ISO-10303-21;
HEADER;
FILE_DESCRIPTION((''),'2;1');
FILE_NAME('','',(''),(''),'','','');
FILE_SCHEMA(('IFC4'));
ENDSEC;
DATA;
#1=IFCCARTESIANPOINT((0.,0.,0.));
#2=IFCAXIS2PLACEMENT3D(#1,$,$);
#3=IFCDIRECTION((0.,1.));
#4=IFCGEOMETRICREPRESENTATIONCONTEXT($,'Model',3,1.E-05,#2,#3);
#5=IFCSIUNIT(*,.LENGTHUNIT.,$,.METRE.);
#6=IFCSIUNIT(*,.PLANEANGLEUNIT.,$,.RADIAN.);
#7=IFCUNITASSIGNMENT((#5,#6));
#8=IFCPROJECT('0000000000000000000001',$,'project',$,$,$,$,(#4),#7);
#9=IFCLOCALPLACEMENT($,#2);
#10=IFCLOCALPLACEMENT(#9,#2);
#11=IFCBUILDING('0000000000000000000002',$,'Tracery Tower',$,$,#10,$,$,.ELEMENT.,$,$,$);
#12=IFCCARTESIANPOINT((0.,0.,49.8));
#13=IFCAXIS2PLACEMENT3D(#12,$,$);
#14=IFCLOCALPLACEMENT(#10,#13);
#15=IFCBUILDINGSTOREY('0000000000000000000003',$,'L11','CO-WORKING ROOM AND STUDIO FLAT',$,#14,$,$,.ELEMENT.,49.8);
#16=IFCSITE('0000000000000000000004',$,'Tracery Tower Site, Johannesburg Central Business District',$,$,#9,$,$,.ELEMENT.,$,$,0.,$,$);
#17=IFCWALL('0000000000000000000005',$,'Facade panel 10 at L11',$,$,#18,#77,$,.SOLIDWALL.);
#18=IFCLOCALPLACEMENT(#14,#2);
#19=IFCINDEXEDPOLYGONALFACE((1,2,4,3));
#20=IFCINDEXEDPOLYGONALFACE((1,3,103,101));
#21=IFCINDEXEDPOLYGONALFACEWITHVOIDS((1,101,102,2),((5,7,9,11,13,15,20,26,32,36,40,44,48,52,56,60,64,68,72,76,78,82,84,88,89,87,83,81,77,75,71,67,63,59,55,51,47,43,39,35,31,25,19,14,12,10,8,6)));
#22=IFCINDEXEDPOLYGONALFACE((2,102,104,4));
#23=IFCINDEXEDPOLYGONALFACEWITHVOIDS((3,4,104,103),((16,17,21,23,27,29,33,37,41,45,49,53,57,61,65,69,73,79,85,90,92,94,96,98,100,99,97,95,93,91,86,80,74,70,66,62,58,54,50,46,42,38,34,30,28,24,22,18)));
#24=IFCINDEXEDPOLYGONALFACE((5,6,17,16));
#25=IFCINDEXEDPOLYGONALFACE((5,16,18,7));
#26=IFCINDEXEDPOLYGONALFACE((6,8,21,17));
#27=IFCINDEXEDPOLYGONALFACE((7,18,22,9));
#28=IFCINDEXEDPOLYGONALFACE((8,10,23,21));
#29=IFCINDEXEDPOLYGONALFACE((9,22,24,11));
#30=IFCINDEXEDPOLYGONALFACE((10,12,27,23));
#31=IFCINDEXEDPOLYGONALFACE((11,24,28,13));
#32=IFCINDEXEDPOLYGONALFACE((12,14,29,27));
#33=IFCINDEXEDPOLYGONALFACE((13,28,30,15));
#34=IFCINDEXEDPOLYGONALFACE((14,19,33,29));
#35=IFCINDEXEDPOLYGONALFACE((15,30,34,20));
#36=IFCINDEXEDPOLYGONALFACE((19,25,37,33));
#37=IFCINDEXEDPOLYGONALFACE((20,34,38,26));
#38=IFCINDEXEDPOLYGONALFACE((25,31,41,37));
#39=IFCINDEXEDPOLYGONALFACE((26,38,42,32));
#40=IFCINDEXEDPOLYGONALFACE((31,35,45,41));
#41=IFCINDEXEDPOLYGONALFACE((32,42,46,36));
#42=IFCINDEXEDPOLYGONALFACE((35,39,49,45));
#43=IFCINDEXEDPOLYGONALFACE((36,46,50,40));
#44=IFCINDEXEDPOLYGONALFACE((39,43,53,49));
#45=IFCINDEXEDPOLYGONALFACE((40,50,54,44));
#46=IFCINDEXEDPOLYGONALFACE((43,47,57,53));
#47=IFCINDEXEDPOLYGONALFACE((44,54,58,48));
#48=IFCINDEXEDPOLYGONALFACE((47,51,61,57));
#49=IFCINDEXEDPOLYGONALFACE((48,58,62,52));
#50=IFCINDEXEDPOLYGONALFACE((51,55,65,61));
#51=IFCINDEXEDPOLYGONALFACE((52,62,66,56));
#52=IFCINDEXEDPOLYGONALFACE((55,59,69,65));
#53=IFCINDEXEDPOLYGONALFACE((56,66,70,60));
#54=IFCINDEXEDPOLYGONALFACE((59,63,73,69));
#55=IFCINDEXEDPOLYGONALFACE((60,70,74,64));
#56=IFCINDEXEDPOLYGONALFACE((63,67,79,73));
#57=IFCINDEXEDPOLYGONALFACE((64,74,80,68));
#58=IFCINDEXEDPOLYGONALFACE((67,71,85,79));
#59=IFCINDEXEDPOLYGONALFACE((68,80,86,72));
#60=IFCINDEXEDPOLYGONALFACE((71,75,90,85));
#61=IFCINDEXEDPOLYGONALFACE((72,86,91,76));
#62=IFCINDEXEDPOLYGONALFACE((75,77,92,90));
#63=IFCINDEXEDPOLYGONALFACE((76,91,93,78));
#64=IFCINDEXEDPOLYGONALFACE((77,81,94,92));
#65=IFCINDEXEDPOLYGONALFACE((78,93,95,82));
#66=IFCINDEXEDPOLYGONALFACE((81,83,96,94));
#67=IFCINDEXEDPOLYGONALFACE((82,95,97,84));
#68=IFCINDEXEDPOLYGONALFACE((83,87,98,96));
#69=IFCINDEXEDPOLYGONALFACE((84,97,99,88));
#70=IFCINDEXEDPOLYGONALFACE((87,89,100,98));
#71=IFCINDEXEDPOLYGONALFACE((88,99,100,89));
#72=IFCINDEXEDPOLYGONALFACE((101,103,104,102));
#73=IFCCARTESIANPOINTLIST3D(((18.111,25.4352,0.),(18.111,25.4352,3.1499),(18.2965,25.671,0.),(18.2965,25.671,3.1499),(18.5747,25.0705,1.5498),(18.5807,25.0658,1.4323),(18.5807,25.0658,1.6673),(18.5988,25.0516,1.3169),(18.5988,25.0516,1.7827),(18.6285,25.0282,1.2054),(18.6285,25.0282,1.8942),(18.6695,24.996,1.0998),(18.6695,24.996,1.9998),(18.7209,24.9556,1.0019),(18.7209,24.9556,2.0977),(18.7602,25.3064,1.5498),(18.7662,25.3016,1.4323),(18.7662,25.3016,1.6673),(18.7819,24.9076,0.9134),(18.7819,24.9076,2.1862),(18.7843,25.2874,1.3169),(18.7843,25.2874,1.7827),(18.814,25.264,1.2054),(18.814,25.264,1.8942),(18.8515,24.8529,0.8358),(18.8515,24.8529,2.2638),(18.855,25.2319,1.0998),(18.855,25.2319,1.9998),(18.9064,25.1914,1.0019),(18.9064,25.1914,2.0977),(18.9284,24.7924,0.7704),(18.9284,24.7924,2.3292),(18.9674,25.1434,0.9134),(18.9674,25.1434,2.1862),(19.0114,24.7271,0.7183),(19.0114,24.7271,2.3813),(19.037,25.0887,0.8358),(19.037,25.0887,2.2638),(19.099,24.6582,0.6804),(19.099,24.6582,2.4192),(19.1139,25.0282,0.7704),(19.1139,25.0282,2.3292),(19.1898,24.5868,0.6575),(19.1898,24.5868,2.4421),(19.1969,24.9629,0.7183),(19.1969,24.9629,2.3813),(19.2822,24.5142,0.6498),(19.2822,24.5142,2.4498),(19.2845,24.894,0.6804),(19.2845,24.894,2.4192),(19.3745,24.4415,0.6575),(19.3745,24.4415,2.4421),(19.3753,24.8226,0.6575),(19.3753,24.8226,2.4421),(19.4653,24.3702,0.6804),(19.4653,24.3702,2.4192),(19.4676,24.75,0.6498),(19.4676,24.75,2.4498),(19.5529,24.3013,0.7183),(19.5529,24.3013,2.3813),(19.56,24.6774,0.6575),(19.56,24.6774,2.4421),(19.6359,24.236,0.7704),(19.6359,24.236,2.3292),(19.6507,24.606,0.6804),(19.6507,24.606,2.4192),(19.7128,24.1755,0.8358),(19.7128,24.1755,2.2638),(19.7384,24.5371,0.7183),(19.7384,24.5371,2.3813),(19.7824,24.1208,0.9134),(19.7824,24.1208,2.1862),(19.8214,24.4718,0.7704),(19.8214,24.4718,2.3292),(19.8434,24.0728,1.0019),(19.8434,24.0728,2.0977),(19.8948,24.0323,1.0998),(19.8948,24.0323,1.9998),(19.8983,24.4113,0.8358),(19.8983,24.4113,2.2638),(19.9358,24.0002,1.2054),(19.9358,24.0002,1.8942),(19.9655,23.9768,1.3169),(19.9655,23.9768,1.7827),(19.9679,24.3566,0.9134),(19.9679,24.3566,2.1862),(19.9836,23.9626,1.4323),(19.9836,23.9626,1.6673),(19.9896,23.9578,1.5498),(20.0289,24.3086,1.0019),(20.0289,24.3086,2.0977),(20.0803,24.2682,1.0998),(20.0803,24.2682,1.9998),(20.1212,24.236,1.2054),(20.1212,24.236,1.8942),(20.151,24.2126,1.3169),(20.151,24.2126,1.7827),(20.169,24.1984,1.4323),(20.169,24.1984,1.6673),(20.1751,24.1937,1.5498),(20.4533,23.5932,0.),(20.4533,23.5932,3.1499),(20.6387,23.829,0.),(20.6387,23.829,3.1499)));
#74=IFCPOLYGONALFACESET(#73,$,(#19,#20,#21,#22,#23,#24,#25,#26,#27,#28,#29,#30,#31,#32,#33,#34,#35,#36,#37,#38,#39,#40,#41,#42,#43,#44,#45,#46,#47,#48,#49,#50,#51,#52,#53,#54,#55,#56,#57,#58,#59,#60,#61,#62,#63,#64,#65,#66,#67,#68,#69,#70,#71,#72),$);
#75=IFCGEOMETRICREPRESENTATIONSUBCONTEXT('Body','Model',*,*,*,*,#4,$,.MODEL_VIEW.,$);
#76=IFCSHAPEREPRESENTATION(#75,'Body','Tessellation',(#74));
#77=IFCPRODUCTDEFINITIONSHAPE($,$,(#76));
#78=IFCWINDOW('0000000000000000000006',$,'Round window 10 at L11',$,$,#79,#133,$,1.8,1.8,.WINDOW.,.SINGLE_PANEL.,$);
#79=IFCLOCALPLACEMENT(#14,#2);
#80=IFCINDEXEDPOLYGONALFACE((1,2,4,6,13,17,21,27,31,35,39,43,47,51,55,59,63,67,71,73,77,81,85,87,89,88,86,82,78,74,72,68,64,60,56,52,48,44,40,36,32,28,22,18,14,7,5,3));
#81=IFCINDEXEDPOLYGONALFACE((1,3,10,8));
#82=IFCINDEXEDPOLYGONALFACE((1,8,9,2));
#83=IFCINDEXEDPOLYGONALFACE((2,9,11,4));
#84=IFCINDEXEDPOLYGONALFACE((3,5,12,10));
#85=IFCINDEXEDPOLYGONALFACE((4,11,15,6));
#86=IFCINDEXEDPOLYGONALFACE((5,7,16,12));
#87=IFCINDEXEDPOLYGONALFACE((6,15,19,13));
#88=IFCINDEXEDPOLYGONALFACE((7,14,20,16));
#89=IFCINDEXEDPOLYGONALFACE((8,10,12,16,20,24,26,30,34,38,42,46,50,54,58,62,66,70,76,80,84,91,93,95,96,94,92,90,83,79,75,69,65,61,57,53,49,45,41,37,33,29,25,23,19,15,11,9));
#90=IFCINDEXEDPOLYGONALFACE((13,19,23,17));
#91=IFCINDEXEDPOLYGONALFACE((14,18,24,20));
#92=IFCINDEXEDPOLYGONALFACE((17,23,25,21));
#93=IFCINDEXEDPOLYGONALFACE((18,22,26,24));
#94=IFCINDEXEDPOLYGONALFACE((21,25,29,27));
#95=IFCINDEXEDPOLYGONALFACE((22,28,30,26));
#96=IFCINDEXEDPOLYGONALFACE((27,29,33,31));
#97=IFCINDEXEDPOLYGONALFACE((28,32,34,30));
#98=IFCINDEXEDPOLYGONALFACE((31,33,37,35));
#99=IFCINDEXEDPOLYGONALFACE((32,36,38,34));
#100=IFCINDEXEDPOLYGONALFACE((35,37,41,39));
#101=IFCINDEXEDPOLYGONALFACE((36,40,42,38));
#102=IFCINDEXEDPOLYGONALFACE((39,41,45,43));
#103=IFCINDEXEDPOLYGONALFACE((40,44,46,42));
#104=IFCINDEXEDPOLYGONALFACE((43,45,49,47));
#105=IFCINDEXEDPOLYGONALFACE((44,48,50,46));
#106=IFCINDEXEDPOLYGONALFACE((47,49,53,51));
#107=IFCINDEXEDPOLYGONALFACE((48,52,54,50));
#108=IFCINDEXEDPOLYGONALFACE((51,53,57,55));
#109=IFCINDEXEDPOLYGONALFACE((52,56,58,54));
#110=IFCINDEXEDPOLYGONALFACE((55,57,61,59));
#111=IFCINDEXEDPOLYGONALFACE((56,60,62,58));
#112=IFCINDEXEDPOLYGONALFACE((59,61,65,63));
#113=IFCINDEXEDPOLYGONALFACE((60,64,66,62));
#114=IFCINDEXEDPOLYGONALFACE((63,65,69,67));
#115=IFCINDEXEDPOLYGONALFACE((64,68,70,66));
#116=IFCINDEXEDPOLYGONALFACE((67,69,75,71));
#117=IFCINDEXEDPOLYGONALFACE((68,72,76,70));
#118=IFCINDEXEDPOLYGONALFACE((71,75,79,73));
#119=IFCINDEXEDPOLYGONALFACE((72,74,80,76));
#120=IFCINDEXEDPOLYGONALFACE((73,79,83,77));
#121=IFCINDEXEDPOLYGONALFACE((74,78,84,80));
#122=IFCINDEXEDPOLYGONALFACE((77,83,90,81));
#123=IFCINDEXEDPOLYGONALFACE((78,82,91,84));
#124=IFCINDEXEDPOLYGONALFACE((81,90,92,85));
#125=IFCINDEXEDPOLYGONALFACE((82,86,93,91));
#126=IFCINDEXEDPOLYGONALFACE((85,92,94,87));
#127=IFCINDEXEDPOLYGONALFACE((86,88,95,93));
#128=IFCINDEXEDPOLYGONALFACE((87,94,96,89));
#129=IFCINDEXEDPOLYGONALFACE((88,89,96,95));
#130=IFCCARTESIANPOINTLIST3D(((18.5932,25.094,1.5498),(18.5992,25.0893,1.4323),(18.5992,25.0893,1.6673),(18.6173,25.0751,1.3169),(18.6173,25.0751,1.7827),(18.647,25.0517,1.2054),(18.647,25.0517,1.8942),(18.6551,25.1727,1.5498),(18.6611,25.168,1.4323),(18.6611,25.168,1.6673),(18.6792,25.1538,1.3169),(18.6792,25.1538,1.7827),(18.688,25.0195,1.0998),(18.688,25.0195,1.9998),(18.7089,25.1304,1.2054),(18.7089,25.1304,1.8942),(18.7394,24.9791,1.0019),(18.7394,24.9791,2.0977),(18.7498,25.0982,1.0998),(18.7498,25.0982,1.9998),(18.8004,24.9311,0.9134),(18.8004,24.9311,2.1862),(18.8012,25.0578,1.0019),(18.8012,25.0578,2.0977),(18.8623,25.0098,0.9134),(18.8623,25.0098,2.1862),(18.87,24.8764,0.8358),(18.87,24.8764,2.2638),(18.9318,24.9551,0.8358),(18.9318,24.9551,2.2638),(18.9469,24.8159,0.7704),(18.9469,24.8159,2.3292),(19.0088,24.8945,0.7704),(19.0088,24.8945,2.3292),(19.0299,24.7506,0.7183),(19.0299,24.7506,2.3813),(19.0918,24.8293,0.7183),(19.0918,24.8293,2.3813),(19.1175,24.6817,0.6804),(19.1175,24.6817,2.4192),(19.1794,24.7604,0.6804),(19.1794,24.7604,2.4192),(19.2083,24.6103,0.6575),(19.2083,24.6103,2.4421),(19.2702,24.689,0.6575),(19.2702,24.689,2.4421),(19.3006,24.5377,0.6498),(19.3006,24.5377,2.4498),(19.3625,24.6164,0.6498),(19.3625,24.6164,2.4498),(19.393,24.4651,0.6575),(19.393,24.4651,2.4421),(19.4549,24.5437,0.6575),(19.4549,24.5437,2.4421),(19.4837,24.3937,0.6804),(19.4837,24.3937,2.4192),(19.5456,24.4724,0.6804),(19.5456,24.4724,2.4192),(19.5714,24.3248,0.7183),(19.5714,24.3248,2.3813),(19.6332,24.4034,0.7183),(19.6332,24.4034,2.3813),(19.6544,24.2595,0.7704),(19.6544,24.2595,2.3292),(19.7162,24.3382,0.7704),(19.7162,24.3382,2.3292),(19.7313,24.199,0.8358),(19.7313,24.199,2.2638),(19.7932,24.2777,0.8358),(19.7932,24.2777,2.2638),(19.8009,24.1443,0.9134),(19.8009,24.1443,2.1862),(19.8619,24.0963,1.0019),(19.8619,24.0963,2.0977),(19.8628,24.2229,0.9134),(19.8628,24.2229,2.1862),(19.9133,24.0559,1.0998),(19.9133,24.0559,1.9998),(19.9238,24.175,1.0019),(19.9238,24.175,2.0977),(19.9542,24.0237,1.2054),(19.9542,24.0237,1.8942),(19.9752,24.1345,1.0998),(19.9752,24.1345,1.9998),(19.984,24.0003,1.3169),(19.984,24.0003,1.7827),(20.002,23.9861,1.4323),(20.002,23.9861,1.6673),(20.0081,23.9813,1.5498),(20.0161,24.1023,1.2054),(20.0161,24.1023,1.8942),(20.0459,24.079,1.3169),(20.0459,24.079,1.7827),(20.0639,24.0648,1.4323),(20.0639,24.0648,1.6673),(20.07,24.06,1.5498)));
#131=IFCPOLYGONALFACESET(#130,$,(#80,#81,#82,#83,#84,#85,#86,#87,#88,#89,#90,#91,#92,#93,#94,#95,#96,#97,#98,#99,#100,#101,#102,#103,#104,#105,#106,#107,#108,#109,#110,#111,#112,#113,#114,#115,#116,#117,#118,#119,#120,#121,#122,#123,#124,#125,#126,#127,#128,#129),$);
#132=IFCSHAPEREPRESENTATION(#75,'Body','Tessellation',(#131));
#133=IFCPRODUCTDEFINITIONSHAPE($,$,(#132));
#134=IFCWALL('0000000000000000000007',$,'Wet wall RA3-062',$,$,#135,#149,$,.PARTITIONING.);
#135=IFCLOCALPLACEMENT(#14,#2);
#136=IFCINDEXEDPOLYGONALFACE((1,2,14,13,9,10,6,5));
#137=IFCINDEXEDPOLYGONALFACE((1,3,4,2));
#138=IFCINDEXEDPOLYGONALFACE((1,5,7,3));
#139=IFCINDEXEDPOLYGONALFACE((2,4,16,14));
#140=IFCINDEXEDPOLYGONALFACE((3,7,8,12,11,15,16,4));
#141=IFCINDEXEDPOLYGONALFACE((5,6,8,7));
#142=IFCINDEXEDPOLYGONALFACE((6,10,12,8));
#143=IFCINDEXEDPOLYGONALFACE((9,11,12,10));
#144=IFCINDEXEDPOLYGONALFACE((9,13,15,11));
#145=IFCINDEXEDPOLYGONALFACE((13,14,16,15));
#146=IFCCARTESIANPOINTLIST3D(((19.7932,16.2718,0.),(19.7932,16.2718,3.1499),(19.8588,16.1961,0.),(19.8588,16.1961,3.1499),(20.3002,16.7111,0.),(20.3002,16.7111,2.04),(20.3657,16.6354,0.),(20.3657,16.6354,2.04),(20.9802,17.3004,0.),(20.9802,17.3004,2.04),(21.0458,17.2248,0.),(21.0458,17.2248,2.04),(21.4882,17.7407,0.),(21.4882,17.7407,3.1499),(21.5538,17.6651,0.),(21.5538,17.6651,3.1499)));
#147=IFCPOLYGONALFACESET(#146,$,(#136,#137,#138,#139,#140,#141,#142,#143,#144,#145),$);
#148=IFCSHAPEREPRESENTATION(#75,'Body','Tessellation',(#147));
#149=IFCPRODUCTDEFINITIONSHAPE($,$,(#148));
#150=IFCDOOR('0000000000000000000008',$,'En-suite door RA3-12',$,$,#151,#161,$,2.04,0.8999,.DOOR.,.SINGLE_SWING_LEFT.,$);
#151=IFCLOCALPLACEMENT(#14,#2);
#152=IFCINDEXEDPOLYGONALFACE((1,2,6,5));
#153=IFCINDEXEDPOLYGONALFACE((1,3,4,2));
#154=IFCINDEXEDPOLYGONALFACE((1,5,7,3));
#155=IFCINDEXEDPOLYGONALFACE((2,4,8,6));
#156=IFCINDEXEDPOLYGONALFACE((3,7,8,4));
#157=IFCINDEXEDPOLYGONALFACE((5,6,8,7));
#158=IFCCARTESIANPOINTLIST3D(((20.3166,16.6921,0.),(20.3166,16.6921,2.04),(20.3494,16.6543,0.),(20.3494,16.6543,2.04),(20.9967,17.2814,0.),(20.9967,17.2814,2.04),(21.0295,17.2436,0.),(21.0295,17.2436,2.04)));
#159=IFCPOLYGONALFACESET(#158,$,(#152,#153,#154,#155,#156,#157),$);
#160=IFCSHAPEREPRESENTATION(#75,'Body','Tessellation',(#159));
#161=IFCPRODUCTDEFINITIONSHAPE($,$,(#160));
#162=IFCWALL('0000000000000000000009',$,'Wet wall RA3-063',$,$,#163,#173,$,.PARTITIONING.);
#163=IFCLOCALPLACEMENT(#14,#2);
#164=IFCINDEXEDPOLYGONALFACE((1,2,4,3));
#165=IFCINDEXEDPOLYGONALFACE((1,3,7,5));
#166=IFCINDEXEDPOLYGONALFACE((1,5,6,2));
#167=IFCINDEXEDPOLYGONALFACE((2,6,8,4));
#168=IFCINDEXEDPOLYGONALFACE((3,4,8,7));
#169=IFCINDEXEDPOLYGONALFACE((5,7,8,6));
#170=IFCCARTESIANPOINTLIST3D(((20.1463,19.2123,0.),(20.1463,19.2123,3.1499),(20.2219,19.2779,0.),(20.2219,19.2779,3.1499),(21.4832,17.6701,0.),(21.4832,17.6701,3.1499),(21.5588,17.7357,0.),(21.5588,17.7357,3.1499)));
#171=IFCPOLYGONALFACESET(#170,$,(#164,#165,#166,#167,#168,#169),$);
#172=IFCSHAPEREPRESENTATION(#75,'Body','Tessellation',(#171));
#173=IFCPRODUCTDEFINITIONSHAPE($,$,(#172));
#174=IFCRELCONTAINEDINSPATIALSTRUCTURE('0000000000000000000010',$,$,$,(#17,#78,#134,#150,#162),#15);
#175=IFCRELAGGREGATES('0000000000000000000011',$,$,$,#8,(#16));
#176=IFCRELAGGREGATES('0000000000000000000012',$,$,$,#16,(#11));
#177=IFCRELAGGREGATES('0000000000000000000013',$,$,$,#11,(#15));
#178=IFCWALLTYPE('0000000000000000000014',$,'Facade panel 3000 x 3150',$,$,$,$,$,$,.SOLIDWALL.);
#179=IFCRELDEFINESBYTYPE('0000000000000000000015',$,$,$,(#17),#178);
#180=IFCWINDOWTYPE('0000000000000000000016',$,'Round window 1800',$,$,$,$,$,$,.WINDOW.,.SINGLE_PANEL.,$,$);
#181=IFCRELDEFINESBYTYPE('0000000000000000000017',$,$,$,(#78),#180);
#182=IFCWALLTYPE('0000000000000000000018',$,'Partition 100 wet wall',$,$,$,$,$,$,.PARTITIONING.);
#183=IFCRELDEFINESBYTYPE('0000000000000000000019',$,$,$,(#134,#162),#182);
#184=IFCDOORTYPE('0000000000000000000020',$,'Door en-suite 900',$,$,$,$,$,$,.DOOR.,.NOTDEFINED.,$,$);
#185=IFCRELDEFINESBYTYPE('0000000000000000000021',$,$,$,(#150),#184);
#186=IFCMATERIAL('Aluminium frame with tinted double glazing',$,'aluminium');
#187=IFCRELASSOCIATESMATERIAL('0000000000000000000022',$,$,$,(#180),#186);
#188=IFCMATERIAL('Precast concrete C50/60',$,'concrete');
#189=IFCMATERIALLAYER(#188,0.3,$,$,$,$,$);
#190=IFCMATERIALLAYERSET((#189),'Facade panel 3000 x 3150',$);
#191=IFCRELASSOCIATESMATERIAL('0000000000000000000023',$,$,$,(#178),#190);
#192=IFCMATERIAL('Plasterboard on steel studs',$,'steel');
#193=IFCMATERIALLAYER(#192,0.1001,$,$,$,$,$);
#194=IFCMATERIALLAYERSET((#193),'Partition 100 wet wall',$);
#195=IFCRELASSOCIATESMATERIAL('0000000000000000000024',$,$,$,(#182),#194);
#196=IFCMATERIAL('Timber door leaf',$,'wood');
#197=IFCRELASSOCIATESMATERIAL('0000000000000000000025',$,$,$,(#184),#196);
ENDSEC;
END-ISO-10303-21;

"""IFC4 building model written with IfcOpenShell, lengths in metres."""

from ifc_helpers import new_model, si_unit, direction, frame, frame_2d, origin, origin_2d, place, context, subcontext, project, spatial, rectangle, circle, extrude, material, layer, layer_set, type_object, element, fill, save


model = new_model("IFC4")

# Units and contexts
model_context = context("Model", 3, precision=1e-05, world=origin(), true_north=direction((0.0, 1.0)))
body_context = subcontext(model_context, "Body", "Model", "MODEL_VIEW")
ifc_project = project(units=[si_unit("LENGTHUNIT", "METRE"), si_unit("PLANEANGLEUNIT", "RADIAN")], contexts=[model_context])

# Site, building, storey
site_placement = place(None, origin())
site = spatial("IfcSite", under=ifc_project, at=site_placement, Name="Tracery Tower Site, Johannesburg Central Business District", CompositionType="ELEMENT", RefElevation=0.0)
building_placement = place(site_placement, origin())
building = spatial("IfcBuilding", under=site, at=building_placement, Name="Tracery Tower", CompositionType="ELEMENT")
storey_placement = place(building_placement, frame((0.0, 0.0, 49.8)))
storey = spatial("IfcBuildingStorey", under=building, at=storey_placement, Name="L11", Description="CO-WORKING ROOM AND STUDIO FLAT", CompositionType="ELEMENT", Elevation=49.8)

# Wall, opening, window
ifc_material_1 = material(Name="Aluminium frame with tinted double glazing", Category="aluminium")
window_type = type_object("IfcWindowType", Name="Round window 1800", PartitioningType="SINGLE_PANEL", PredefinedType="WINDOW", material=ifc_material_1)
ifc_material_2 = material(Name="Precast concrete C50/60", Category="concrete")
ifc_layer_1 = layer(ifc_material_2, 0.3)
ifc_layer_set_1 = layer_set([ifc_layer_1], Name="Facade panel 3000 x 3150")
wall_type_1 = type_object("IfcWallType", Name="Facade panel 3000 x 3150", PredefinedType="SOLIDWALL", material=ifc_layer_set_1)
wall_1_placement = place(storey_placement, frame((20.5459, 23.7112, 0.0), z_axis=(0.0, 0.0, 1.0), x_axis=(-0.786045, 0.618169, 0.0)))
wall_1 = element("IfcWall", 1, at=wall_1_placement, inside=storey, type_object=wall_type_1, Name="Facade panel 10 at L11", PredefinedType="SOLIDWALL", context=body_context, shape_type="SweptSolid", body=[
    extrude(rectangle(XDim=2.9797, YDim=0.3, at=frame_2d((1.4897, 0.0))), origin(), (0.0, 0.0, 1.0), 3.1499),
])
opening_1_placement = place(wall_1_placement, frame((1.4897, 0.0, 1.5498)))
opening_1 = element("IfcOpeningElement", 2, at=opening_1_placement, cuts=wall_1, PredefinedType="OPENING", context=body_context, shape_type="SweptSolid", body=[
    extrude(circle(Radius=0.9, at=origin_2d()), frame((0.0, 0.1599, 0.0), z_axis=(0.0, -1.0, 0.0), x_axis=(1.0, 0.0, 0.0)), (0.0, 0.0, 1.0), 0.3201),
])
window_1_placement = place(opening_1_placement, origin())
window_1 = element("IfcWindow", 3, at=window_1_placement, inside=storey, type_object=window_type, Name="Round window 10 at L11", OverallHeight=1.8, OverallWidth=1.8, PartitioningType="SINGLE_PANEL", PredefinedType="WINDOW", context=body_context, shape_type="SweptSolid", body=[
    extrude(circle(Radius=0.9, at=origin_2d()), frame((0.0, 0.1201, 0.0), z_axis=(0.0, -1.0, 0.0), x_axis=(1.0, 0.0, 0.0)), (0.0, 0.0, 1.0), 0.1001),
])
fill(opening_1, window_1)

# Wall, opening, door
ifc_material_3 = material(Name="Plasterboard on steel studs", Category="steel")
ifc_layer_2 = layer(ifc_material_3, 0.1001)
ifc_layer_set_2 = layer_set([ifc_layer_2], Name="Partition 100 wet wall")
wall_type_2 = type_object("IfcWallType", Name="Partition 100 wet wall", PredefinedType="PARTITIONING", material=ifc_layer_set_2)
wall_2_placement = place(storey_placement, frame((19.8259, 16.2339, 0.0), z_axis=(0.0, 0.0, 1.0), x_axis=(0.755703, 0.654914, 0.0)))
wall_2 = element("IfcWall", 4, at=wall_2_placement, inside=storey, type_object=wall_type_2, Name="Wet wall RA3-062", PredefinedType="PARTITIONING", context=body_context, shape_type="SweptSolid", body=[
    extrude(rectangle(XDim=2.2429, YDim=0.1001, at=frame_2d((1.1216, 0.0))), origin(), (0.0, 0.0, 1.0), 3.1499),
])
opening_2_placement = place(wall_2_placement, frame((0.6709, 0.0, 0.0)))
opening_2 = element("IfcOpeningElement", 5, at=opening_2_placement, cuts=wall_2, PredefinedType="OPENING", context=body_context, shape_type="SweptSolid", body=[
    extrude(rectangle(XDim=0.8999, YDim=2.04, at=frame_2d((0.45, 1.02))), frame((0.0, 0.05, 0.0), z_axis=(0.0, -1.0, 0.0), x_axis=(1.0, 0.0, 0.0)), (0.0, 0.0, 1.0), 0.1001),
])
ifc_material_4 = material(Name="Timber door leaf", Category="wood")
door_type = type_object("IfcDoorType", Name="Door en-suite 900", OperationType="NOTDEFINED", PredefinedType="DOOR", material=ifc_material_4)
door_placement = place(opening_2_placement, origin())
door = element("IfcDoor", 6, at=door_placement, inside=storey, type_object=door_type, Name="En-suite door RA3-12", OperationType="SINGLE_SWING_LEFT", OverallHeight=2.04, OverallWidth=0.8999, PredefinedType="DOOR", context=body_context, shape_type="SweptSolid", body=[
    extrude(rectangle(XDim=0.8999, YDim=2.04, at=frame_2d((0.45, 1.02))), frame((0.0, 0.0249, 0.0), z_axis=(0.0, -1.0, 0.0), x_axis=(1.0, 0.0, 0.0)), (0.0, 0.0, 1.0), 0.05),
])
fill(opening_2, door)

# Wall
wall_3_placement = place(storey_placement, frame((20.1841, 19.2451, 0.0), z_axis=(0.0, 0.0, 1.0), x_axis=(0.655017, -0.755614, 0.0)))
element("IfcWall", 7, at=wall_3_placement, inside=storey, type_object=wall_type_2, Name="Wet wall RA3-063", PredefinedType="PARTITIONING", context=body_context, shape_type="SweptSolid", body=[
    extrude(rectangle(XDim=2.041, YDim=0.1001, at=frame_2d((1.0205, 0.0))), origin(), (0.0, 0.0, 1.0), 3.1499),
])

save(model, "model.ifc")
